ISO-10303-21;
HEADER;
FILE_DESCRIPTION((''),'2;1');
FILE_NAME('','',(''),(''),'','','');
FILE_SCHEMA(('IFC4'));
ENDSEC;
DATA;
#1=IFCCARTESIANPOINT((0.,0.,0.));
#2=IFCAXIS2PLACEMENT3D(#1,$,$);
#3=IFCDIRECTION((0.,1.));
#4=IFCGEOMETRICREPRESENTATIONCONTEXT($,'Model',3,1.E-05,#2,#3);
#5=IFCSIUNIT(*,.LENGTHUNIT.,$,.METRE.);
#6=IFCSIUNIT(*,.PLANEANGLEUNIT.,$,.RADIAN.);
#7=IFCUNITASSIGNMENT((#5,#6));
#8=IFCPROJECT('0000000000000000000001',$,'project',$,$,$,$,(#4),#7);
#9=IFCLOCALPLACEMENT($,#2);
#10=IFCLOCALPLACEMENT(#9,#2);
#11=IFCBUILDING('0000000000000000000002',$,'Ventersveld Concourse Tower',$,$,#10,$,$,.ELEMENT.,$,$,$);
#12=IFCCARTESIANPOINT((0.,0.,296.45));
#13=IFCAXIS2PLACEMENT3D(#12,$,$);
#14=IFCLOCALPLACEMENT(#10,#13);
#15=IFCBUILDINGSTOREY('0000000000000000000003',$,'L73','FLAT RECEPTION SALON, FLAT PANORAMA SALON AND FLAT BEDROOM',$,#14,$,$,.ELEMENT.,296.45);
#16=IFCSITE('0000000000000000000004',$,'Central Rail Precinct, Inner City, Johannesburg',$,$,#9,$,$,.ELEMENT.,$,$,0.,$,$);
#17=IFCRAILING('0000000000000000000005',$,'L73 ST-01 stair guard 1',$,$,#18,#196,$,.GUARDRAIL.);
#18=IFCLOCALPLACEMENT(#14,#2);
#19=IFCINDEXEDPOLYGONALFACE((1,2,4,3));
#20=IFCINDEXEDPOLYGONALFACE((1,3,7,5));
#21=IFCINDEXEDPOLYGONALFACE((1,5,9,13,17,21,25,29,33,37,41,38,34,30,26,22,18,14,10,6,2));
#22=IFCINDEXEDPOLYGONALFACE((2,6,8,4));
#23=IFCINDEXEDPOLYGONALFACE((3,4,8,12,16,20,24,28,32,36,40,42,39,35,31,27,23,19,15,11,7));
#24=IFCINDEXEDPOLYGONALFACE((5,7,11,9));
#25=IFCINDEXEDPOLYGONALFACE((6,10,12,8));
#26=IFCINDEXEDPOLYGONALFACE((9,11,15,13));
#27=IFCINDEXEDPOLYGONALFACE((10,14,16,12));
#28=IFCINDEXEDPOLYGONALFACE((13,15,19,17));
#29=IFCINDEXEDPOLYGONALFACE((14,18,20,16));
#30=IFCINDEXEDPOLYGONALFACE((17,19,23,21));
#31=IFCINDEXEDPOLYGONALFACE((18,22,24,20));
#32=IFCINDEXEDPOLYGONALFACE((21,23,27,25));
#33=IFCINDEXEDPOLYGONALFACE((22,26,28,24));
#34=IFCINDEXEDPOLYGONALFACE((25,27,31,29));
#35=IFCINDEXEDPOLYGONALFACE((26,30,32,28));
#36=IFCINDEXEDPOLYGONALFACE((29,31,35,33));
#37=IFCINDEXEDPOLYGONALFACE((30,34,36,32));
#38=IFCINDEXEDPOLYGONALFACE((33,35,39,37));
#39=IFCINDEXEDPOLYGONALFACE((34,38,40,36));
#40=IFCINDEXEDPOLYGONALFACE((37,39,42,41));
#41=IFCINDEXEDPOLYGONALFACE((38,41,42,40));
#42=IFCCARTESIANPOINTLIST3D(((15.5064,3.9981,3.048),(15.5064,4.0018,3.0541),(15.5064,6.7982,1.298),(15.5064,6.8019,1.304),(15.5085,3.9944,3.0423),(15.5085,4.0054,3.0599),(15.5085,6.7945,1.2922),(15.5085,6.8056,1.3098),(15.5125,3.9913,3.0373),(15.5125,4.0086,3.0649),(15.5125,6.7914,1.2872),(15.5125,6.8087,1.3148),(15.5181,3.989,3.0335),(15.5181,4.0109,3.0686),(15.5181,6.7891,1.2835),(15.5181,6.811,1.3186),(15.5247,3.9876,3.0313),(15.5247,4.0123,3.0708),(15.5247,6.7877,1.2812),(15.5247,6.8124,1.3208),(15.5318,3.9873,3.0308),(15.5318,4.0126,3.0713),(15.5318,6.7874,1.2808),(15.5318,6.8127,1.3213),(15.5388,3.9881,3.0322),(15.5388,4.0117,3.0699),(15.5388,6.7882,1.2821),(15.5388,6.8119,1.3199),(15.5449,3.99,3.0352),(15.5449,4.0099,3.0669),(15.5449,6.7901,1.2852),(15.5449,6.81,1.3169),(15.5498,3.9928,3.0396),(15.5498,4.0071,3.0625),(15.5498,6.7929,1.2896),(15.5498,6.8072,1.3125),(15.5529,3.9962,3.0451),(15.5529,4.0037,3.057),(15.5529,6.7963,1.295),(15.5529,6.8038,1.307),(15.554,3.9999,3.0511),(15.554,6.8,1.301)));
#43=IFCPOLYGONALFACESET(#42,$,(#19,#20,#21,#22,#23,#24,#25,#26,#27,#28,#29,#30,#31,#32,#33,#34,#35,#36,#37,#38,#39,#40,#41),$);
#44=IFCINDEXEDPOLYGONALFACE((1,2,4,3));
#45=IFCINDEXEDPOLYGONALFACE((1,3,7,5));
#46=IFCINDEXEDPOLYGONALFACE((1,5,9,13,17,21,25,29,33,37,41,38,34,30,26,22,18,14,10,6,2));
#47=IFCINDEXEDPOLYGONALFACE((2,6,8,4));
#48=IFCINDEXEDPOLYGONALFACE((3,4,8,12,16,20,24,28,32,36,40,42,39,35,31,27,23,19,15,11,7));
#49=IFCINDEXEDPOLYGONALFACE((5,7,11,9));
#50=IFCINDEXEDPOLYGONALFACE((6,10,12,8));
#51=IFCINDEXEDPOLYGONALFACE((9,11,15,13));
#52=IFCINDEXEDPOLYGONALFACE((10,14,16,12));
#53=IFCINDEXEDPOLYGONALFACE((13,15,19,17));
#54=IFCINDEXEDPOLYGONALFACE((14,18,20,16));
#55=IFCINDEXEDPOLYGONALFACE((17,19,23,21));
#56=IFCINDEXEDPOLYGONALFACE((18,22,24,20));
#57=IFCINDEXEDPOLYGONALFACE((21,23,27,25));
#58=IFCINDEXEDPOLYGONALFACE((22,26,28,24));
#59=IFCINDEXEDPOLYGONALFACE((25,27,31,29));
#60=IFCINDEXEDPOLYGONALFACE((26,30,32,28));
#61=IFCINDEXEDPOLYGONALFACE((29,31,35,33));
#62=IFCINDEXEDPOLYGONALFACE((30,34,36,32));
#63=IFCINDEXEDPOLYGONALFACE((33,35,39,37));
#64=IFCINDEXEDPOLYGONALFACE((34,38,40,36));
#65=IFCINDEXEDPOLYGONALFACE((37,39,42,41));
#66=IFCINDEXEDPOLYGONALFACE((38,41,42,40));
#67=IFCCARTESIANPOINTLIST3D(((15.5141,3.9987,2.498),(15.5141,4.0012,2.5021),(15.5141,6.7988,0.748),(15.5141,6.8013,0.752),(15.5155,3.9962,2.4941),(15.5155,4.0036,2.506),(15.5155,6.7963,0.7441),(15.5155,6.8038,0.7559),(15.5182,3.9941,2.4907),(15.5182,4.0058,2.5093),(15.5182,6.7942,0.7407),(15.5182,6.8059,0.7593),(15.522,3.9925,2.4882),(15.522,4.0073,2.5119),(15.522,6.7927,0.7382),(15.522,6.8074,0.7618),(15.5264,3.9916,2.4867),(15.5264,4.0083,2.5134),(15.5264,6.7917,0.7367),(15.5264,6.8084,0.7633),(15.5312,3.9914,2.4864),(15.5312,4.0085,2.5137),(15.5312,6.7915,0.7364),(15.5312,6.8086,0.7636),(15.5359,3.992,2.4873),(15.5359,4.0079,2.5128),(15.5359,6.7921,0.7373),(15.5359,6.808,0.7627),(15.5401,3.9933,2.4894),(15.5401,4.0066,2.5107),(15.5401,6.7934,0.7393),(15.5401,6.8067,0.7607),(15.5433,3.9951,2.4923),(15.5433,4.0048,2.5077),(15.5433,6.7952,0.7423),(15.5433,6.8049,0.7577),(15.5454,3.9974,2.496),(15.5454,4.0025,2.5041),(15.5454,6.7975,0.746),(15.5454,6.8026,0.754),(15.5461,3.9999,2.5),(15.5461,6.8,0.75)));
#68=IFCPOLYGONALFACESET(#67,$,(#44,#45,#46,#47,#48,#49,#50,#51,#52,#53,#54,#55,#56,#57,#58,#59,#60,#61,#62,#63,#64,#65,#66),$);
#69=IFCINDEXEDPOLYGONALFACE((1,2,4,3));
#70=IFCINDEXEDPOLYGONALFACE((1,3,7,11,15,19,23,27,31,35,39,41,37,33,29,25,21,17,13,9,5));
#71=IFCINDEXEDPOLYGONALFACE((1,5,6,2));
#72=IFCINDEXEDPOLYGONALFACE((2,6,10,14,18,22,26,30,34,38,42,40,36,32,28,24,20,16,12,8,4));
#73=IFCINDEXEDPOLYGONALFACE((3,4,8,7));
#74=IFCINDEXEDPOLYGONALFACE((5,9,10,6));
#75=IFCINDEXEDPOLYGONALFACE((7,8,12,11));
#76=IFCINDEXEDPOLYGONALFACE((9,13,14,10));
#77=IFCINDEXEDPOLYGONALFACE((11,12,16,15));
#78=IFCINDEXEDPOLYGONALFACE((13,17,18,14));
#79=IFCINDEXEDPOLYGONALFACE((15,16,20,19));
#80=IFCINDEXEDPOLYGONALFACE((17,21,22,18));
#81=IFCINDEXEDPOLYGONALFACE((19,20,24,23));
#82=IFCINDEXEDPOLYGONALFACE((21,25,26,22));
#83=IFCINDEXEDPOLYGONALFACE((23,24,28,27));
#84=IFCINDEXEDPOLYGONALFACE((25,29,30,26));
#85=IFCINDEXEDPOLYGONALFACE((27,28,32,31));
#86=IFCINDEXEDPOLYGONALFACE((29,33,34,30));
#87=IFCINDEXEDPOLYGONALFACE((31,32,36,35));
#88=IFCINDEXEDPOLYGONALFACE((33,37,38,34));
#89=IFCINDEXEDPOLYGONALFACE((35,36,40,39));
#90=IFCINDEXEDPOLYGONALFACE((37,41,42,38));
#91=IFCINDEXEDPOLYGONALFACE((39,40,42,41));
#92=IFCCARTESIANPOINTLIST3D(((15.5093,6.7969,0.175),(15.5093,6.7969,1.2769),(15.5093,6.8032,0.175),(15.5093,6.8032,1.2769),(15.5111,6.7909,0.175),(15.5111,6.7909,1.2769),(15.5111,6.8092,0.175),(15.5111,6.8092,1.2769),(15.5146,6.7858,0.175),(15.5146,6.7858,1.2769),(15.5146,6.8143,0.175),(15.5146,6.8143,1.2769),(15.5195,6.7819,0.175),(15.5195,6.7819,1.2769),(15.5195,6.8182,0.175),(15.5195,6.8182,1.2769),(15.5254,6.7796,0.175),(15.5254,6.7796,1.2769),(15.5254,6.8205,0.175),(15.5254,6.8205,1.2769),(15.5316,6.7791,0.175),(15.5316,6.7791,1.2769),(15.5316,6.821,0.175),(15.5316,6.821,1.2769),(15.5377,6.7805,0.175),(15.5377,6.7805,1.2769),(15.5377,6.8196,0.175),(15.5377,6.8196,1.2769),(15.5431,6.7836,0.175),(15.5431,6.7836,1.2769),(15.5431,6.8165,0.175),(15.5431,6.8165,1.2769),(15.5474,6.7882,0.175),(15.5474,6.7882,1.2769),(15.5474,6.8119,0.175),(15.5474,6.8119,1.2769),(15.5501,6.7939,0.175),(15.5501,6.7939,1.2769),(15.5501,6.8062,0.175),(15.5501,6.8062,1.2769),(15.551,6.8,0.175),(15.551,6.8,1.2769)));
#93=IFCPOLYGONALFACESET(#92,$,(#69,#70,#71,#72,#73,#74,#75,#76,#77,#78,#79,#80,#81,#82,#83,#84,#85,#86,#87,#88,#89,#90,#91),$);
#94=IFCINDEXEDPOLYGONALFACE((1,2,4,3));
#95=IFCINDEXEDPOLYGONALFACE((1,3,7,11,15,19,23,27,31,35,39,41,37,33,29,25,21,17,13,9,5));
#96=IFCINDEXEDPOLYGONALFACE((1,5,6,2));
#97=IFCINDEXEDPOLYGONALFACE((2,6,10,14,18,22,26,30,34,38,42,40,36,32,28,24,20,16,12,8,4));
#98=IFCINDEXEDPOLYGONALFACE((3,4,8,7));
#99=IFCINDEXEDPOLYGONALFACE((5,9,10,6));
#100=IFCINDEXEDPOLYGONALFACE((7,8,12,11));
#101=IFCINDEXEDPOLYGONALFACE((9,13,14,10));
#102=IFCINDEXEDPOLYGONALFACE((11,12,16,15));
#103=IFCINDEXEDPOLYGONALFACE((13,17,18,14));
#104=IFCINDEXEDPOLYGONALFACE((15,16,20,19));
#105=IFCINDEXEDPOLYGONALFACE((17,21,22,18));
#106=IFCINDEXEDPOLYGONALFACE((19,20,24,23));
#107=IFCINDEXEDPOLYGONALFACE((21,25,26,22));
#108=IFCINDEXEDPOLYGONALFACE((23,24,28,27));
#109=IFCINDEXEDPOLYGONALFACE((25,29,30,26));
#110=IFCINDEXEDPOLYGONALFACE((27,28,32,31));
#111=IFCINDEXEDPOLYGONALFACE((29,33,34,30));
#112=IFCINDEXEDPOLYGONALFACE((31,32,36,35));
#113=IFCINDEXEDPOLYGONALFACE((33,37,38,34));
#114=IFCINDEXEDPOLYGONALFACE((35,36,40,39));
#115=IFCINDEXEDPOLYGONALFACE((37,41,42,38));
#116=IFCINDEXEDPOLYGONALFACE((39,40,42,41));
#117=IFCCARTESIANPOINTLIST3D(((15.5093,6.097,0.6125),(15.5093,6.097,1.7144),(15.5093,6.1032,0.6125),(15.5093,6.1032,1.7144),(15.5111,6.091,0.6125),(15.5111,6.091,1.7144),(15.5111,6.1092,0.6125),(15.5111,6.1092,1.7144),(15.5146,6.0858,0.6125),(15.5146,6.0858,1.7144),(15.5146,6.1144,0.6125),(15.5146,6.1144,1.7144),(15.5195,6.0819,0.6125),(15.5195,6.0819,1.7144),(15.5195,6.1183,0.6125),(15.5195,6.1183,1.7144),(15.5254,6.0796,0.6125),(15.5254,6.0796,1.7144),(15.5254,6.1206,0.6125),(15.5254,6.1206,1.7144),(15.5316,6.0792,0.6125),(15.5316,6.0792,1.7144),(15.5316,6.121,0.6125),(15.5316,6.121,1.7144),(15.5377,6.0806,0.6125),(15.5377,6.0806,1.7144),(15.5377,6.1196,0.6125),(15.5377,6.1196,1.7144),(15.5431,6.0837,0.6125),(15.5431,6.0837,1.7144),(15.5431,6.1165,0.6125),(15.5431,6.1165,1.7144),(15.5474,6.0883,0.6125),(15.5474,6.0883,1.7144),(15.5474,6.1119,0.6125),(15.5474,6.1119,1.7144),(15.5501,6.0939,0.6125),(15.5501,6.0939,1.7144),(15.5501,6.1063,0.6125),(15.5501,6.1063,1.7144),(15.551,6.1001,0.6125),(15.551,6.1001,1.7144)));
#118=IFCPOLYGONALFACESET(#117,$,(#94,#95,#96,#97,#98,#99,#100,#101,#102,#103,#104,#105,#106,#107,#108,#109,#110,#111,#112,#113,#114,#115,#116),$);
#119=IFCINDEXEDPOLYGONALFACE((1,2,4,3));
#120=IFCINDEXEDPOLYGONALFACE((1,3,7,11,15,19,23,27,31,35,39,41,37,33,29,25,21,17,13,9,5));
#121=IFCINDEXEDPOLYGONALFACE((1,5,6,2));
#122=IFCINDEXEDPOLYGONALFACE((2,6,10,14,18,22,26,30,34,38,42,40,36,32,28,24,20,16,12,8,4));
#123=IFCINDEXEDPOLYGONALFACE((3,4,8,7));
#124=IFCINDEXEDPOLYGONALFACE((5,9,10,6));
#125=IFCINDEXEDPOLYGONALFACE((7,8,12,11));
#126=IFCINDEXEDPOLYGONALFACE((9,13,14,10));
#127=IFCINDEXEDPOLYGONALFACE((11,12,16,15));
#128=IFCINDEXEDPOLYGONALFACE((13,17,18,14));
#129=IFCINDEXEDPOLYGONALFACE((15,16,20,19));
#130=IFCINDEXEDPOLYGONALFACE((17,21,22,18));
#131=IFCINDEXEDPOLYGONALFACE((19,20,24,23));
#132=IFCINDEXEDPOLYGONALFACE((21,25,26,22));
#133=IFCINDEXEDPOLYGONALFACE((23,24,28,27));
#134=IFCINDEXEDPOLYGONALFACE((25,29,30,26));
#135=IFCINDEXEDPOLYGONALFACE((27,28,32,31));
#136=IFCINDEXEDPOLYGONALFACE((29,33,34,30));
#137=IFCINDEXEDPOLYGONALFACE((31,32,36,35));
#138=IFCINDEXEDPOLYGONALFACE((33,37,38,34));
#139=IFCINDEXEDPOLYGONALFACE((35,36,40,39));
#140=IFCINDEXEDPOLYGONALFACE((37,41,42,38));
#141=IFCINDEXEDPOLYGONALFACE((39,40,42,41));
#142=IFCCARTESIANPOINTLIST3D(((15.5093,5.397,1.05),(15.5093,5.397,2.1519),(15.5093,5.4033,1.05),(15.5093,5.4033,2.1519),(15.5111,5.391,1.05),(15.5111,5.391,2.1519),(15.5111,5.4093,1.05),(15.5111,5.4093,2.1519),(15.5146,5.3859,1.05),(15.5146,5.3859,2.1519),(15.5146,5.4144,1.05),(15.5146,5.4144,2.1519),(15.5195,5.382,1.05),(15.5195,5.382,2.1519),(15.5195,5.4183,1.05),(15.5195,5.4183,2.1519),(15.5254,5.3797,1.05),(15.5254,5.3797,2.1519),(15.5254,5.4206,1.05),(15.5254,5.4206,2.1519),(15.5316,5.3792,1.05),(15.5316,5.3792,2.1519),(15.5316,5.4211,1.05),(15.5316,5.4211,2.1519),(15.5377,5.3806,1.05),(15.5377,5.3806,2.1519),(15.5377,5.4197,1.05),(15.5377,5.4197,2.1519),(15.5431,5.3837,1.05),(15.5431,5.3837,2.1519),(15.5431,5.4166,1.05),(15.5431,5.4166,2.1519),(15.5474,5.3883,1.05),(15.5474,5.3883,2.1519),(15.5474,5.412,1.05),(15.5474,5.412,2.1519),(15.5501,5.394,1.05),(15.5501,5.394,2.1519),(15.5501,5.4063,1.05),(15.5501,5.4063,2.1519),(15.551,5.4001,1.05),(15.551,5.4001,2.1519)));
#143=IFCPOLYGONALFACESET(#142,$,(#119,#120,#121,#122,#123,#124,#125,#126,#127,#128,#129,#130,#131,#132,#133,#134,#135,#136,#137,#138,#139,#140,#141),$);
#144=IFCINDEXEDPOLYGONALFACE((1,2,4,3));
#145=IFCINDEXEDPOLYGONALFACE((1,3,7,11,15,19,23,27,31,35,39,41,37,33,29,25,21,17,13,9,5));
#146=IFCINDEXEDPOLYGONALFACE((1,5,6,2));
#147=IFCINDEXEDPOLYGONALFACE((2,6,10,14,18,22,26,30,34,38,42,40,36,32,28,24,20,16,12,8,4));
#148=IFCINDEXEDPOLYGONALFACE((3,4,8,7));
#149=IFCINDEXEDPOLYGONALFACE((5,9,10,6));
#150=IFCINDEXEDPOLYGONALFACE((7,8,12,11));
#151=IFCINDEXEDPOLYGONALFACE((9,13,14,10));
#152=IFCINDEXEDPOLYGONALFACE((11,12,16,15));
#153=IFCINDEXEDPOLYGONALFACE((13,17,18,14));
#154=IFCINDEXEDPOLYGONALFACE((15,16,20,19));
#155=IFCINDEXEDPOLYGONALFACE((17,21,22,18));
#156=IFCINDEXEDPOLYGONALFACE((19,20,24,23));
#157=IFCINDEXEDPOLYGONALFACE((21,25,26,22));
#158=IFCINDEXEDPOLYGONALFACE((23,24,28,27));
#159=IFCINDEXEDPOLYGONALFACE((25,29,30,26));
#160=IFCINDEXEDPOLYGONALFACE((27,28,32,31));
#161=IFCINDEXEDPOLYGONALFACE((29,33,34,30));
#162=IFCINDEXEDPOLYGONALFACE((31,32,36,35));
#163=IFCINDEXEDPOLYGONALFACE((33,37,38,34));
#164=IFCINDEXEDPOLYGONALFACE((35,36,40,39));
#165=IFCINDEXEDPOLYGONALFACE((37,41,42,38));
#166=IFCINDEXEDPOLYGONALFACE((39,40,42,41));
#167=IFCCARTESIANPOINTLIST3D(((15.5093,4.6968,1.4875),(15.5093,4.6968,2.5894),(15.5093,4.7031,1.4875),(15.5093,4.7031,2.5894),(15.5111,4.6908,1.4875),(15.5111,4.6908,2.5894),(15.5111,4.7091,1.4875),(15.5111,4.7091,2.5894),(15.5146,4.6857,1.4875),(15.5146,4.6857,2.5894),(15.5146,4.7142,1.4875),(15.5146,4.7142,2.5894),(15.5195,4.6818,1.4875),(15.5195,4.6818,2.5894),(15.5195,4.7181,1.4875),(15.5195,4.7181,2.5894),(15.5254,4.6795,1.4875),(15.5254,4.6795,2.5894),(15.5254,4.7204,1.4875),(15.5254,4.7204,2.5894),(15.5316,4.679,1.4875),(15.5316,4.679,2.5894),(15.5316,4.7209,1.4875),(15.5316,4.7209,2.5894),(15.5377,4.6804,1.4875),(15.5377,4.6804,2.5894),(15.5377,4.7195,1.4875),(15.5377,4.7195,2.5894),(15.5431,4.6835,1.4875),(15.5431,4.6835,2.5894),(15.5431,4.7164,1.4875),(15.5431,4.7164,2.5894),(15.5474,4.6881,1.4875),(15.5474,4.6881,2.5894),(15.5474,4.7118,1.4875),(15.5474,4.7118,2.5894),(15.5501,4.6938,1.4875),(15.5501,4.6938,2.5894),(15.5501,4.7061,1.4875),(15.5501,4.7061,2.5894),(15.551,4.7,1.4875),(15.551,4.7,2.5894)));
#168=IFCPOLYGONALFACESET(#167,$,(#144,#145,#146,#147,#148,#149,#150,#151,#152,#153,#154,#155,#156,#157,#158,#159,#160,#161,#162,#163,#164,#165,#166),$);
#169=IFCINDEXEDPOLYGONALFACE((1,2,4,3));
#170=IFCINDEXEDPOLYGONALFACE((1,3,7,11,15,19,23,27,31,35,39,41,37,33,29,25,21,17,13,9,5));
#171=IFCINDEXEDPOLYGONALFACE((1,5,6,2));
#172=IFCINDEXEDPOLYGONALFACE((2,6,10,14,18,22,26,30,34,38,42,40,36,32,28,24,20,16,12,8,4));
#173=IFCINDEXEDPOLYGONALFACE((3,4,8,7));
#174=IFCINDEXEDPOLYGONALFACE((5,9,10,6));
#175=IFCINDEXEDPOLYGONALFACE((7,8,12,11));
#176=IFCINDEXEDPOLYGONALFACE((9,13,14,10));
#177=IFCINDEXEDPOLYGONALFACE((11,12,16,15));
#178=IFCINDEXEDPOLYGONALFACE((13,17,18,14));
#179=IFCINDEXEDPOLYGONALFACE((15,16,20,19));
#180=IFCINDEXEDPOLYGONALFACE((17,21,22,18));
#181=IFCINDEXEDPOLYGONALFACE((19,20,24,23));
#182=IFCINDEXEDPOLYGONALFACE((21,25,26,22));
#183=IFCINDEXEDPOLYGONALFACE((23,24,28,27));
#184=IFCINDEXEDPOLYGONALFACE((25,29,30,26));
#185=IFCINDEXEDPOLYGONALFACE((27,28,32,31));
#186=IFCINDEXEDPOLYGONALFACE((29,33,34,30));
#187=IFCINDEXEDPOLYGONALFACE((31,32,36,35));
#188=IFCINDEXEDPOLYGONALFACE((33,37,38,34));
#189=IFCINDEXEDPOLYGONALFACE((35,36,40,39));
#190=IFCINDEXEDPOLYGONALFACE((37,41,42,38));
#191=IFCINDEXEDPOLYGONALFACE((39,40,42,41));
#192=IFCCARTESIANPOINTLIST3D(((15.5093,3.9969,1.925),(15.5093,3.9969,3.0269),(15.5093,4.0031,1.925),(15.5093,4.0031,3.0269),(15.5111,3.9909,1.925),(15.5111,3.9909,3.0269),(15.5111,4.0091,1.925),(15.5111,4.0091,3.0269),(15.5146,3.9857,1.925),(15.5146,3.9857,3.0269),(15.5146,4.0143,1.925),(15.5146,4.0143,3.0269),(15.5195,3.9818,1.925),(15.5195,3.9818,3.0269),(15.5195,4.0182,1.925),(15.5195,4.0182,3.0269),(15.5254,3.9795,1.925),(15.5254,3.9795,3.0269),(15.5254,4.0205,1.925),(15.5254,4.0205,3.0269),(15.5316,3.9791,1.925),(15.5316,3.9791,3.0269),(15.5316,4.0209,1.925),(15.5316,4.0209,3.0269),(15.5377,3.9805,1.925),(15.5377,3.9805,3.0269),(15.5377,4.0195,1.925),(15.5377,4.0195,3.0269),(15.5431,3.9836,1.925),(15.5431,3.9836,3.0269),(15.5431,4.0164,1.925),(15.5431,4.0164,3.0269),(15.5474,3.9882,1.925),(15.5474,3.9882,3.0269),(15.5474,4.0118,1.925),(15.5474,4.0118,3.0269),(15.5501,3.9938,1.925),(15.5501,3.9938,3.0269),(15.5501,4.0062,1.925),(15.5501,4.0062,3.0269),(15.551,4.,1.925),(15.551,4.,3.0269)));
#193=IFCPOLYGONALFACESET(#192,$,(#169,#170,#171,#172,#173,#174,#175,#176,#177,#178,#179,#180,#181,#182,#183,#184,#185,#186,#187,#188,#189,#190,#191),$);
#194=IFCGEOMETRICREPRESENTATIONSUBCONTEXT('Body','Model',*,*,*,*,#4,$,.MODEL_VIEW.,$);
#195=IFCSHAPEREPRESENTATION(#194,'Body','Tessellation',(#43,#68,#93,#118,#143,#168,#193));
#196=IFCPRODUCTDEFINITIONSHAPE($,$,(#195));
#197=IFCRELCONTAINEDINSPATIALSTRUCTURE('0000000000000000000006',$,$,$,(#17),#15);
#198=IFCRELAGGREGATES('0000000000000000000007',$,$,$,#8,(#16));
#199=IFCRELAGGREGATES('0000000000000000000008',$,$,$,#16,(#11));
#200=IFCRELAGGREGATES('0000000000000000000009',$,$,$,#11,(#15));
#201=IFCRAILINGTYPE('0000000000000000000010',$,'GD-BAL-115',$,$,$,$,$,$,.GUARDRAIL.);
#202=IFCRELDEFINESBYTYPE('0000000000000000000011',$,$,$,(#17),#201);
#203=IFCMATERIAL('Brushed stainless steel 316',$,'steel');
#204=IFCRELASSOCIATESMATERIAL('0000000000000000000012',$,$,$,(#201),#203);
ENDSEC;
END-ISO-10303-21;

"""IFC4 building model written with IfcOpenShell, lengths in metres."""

from ifc_helpers import new_model, si_unit, direction, frame, origin, origin_2d, place, context, subcontext, project, spatial, circle, extrude, material, type_object, element, save


model = new_model("IFC4")

# Units and contexts
model_context = context("Model", 3, precision=1e-05, world=origin(), true_north=direction((0.0, 1.0)))
body_context = subcontext(model_context, "Body", "Model", "MODEL_VIEW")
ifc_project = project(units=[si_unit("LENGTHUNIT", "METRE"), si_unit("PLANEANGLEUNIT", "RADIAN")], contexts=[model_context])

# Site, building, storey
site_placement = place(None, origin())
site = spatial("IfcSite", under=ifc_project, at=site_placement, Name="Central Rail Precinct, Inner City, Johannesburg", CompositionType="ELEMENT", RefElevation=0.0)
building_placement = place(site_placement, origin())
building = spatial("IfcBuilding", under=site, at=building_placement, Name="Ventersveld Concourse Tower", CompositionType="ELEMENT")
storey_placement = place(building_placement, frame((0.0, 0.0, 296.45)))
storey = spatial("IfcBuildingStorey", under=building, at=storey_placement, Name="L73", Description="FLAT RECEPTION SALON, FLAT PANORAMA SALON AND FLAT BEDROOM", CompositionType="ELEMENT", Elevation=296.45)

# Railing
ifc_material_1 = material(Name="Brushed stainless steel 316", Category="steel")
railing_type_1 = type_object("IfcRailingType", Name="GD-BAL-115", PredefinedType="GUARDRAIL", material=ifc_material_1)
railing_1_placement = place(storey_placement, frame((15.53, 6.8, 0.175)))
element("IfcRailing", 1, at=railing_1_placement, inside=storey, type_object=railing_type_1, Name="L73 ST-01 stair guard 1", PredefinedType="GUARDRAIL", context=body_context, shape_type="SweptSolid", body=[
    extrude(circle(Radius=0.0239, at=origin_2d()), frame((0.0, 0.0, 1.126), z_axis=(0.0, -0.848002, 0.529992), x_axis=(1.0, 0.0, 0.0)), (0.0, 0.0, 1.0), 3.302),
    extrude(circle(Radius=0.0161, at=origin_2d()), frame((0.0, 0.0, 0.575), z_axis=(0.0, -0.848002, 0.529992), x_axis=(1.0, 0.0, 0.0)), (0.0, 0.0, 1.0), 3.302),
    extrude(circle(Radius=0.021, at=origin_2d()), origin(), (0.0, 0.0, 1.0), 1.1018),
    extrude(circle(Radius=0.021, at=origin_2d()), frame((0.0, -0.7, 0.4375)), (0.0, 0.0, 1.0), 1.1018),
    extrude(circle(Radius=0.021, at=origin_2d()), frame((0.0, -1.3999, 0.875)), (0.0, 0.0, 1.0), 1.1018),
    extrude(circle(Radius=0.021, at=origin_2d()), frame((0.0, -2.1001, 1.3125)), (0.0, 0.0, 1.0), 1.1018),
    extrude(circle(Radius=0.021, at=origin_2d()), frame((0.0, -2.8, 1.75)), (0.0, 0.0, 1.0), 1.1018),
])

save(model, "model.ifc")
